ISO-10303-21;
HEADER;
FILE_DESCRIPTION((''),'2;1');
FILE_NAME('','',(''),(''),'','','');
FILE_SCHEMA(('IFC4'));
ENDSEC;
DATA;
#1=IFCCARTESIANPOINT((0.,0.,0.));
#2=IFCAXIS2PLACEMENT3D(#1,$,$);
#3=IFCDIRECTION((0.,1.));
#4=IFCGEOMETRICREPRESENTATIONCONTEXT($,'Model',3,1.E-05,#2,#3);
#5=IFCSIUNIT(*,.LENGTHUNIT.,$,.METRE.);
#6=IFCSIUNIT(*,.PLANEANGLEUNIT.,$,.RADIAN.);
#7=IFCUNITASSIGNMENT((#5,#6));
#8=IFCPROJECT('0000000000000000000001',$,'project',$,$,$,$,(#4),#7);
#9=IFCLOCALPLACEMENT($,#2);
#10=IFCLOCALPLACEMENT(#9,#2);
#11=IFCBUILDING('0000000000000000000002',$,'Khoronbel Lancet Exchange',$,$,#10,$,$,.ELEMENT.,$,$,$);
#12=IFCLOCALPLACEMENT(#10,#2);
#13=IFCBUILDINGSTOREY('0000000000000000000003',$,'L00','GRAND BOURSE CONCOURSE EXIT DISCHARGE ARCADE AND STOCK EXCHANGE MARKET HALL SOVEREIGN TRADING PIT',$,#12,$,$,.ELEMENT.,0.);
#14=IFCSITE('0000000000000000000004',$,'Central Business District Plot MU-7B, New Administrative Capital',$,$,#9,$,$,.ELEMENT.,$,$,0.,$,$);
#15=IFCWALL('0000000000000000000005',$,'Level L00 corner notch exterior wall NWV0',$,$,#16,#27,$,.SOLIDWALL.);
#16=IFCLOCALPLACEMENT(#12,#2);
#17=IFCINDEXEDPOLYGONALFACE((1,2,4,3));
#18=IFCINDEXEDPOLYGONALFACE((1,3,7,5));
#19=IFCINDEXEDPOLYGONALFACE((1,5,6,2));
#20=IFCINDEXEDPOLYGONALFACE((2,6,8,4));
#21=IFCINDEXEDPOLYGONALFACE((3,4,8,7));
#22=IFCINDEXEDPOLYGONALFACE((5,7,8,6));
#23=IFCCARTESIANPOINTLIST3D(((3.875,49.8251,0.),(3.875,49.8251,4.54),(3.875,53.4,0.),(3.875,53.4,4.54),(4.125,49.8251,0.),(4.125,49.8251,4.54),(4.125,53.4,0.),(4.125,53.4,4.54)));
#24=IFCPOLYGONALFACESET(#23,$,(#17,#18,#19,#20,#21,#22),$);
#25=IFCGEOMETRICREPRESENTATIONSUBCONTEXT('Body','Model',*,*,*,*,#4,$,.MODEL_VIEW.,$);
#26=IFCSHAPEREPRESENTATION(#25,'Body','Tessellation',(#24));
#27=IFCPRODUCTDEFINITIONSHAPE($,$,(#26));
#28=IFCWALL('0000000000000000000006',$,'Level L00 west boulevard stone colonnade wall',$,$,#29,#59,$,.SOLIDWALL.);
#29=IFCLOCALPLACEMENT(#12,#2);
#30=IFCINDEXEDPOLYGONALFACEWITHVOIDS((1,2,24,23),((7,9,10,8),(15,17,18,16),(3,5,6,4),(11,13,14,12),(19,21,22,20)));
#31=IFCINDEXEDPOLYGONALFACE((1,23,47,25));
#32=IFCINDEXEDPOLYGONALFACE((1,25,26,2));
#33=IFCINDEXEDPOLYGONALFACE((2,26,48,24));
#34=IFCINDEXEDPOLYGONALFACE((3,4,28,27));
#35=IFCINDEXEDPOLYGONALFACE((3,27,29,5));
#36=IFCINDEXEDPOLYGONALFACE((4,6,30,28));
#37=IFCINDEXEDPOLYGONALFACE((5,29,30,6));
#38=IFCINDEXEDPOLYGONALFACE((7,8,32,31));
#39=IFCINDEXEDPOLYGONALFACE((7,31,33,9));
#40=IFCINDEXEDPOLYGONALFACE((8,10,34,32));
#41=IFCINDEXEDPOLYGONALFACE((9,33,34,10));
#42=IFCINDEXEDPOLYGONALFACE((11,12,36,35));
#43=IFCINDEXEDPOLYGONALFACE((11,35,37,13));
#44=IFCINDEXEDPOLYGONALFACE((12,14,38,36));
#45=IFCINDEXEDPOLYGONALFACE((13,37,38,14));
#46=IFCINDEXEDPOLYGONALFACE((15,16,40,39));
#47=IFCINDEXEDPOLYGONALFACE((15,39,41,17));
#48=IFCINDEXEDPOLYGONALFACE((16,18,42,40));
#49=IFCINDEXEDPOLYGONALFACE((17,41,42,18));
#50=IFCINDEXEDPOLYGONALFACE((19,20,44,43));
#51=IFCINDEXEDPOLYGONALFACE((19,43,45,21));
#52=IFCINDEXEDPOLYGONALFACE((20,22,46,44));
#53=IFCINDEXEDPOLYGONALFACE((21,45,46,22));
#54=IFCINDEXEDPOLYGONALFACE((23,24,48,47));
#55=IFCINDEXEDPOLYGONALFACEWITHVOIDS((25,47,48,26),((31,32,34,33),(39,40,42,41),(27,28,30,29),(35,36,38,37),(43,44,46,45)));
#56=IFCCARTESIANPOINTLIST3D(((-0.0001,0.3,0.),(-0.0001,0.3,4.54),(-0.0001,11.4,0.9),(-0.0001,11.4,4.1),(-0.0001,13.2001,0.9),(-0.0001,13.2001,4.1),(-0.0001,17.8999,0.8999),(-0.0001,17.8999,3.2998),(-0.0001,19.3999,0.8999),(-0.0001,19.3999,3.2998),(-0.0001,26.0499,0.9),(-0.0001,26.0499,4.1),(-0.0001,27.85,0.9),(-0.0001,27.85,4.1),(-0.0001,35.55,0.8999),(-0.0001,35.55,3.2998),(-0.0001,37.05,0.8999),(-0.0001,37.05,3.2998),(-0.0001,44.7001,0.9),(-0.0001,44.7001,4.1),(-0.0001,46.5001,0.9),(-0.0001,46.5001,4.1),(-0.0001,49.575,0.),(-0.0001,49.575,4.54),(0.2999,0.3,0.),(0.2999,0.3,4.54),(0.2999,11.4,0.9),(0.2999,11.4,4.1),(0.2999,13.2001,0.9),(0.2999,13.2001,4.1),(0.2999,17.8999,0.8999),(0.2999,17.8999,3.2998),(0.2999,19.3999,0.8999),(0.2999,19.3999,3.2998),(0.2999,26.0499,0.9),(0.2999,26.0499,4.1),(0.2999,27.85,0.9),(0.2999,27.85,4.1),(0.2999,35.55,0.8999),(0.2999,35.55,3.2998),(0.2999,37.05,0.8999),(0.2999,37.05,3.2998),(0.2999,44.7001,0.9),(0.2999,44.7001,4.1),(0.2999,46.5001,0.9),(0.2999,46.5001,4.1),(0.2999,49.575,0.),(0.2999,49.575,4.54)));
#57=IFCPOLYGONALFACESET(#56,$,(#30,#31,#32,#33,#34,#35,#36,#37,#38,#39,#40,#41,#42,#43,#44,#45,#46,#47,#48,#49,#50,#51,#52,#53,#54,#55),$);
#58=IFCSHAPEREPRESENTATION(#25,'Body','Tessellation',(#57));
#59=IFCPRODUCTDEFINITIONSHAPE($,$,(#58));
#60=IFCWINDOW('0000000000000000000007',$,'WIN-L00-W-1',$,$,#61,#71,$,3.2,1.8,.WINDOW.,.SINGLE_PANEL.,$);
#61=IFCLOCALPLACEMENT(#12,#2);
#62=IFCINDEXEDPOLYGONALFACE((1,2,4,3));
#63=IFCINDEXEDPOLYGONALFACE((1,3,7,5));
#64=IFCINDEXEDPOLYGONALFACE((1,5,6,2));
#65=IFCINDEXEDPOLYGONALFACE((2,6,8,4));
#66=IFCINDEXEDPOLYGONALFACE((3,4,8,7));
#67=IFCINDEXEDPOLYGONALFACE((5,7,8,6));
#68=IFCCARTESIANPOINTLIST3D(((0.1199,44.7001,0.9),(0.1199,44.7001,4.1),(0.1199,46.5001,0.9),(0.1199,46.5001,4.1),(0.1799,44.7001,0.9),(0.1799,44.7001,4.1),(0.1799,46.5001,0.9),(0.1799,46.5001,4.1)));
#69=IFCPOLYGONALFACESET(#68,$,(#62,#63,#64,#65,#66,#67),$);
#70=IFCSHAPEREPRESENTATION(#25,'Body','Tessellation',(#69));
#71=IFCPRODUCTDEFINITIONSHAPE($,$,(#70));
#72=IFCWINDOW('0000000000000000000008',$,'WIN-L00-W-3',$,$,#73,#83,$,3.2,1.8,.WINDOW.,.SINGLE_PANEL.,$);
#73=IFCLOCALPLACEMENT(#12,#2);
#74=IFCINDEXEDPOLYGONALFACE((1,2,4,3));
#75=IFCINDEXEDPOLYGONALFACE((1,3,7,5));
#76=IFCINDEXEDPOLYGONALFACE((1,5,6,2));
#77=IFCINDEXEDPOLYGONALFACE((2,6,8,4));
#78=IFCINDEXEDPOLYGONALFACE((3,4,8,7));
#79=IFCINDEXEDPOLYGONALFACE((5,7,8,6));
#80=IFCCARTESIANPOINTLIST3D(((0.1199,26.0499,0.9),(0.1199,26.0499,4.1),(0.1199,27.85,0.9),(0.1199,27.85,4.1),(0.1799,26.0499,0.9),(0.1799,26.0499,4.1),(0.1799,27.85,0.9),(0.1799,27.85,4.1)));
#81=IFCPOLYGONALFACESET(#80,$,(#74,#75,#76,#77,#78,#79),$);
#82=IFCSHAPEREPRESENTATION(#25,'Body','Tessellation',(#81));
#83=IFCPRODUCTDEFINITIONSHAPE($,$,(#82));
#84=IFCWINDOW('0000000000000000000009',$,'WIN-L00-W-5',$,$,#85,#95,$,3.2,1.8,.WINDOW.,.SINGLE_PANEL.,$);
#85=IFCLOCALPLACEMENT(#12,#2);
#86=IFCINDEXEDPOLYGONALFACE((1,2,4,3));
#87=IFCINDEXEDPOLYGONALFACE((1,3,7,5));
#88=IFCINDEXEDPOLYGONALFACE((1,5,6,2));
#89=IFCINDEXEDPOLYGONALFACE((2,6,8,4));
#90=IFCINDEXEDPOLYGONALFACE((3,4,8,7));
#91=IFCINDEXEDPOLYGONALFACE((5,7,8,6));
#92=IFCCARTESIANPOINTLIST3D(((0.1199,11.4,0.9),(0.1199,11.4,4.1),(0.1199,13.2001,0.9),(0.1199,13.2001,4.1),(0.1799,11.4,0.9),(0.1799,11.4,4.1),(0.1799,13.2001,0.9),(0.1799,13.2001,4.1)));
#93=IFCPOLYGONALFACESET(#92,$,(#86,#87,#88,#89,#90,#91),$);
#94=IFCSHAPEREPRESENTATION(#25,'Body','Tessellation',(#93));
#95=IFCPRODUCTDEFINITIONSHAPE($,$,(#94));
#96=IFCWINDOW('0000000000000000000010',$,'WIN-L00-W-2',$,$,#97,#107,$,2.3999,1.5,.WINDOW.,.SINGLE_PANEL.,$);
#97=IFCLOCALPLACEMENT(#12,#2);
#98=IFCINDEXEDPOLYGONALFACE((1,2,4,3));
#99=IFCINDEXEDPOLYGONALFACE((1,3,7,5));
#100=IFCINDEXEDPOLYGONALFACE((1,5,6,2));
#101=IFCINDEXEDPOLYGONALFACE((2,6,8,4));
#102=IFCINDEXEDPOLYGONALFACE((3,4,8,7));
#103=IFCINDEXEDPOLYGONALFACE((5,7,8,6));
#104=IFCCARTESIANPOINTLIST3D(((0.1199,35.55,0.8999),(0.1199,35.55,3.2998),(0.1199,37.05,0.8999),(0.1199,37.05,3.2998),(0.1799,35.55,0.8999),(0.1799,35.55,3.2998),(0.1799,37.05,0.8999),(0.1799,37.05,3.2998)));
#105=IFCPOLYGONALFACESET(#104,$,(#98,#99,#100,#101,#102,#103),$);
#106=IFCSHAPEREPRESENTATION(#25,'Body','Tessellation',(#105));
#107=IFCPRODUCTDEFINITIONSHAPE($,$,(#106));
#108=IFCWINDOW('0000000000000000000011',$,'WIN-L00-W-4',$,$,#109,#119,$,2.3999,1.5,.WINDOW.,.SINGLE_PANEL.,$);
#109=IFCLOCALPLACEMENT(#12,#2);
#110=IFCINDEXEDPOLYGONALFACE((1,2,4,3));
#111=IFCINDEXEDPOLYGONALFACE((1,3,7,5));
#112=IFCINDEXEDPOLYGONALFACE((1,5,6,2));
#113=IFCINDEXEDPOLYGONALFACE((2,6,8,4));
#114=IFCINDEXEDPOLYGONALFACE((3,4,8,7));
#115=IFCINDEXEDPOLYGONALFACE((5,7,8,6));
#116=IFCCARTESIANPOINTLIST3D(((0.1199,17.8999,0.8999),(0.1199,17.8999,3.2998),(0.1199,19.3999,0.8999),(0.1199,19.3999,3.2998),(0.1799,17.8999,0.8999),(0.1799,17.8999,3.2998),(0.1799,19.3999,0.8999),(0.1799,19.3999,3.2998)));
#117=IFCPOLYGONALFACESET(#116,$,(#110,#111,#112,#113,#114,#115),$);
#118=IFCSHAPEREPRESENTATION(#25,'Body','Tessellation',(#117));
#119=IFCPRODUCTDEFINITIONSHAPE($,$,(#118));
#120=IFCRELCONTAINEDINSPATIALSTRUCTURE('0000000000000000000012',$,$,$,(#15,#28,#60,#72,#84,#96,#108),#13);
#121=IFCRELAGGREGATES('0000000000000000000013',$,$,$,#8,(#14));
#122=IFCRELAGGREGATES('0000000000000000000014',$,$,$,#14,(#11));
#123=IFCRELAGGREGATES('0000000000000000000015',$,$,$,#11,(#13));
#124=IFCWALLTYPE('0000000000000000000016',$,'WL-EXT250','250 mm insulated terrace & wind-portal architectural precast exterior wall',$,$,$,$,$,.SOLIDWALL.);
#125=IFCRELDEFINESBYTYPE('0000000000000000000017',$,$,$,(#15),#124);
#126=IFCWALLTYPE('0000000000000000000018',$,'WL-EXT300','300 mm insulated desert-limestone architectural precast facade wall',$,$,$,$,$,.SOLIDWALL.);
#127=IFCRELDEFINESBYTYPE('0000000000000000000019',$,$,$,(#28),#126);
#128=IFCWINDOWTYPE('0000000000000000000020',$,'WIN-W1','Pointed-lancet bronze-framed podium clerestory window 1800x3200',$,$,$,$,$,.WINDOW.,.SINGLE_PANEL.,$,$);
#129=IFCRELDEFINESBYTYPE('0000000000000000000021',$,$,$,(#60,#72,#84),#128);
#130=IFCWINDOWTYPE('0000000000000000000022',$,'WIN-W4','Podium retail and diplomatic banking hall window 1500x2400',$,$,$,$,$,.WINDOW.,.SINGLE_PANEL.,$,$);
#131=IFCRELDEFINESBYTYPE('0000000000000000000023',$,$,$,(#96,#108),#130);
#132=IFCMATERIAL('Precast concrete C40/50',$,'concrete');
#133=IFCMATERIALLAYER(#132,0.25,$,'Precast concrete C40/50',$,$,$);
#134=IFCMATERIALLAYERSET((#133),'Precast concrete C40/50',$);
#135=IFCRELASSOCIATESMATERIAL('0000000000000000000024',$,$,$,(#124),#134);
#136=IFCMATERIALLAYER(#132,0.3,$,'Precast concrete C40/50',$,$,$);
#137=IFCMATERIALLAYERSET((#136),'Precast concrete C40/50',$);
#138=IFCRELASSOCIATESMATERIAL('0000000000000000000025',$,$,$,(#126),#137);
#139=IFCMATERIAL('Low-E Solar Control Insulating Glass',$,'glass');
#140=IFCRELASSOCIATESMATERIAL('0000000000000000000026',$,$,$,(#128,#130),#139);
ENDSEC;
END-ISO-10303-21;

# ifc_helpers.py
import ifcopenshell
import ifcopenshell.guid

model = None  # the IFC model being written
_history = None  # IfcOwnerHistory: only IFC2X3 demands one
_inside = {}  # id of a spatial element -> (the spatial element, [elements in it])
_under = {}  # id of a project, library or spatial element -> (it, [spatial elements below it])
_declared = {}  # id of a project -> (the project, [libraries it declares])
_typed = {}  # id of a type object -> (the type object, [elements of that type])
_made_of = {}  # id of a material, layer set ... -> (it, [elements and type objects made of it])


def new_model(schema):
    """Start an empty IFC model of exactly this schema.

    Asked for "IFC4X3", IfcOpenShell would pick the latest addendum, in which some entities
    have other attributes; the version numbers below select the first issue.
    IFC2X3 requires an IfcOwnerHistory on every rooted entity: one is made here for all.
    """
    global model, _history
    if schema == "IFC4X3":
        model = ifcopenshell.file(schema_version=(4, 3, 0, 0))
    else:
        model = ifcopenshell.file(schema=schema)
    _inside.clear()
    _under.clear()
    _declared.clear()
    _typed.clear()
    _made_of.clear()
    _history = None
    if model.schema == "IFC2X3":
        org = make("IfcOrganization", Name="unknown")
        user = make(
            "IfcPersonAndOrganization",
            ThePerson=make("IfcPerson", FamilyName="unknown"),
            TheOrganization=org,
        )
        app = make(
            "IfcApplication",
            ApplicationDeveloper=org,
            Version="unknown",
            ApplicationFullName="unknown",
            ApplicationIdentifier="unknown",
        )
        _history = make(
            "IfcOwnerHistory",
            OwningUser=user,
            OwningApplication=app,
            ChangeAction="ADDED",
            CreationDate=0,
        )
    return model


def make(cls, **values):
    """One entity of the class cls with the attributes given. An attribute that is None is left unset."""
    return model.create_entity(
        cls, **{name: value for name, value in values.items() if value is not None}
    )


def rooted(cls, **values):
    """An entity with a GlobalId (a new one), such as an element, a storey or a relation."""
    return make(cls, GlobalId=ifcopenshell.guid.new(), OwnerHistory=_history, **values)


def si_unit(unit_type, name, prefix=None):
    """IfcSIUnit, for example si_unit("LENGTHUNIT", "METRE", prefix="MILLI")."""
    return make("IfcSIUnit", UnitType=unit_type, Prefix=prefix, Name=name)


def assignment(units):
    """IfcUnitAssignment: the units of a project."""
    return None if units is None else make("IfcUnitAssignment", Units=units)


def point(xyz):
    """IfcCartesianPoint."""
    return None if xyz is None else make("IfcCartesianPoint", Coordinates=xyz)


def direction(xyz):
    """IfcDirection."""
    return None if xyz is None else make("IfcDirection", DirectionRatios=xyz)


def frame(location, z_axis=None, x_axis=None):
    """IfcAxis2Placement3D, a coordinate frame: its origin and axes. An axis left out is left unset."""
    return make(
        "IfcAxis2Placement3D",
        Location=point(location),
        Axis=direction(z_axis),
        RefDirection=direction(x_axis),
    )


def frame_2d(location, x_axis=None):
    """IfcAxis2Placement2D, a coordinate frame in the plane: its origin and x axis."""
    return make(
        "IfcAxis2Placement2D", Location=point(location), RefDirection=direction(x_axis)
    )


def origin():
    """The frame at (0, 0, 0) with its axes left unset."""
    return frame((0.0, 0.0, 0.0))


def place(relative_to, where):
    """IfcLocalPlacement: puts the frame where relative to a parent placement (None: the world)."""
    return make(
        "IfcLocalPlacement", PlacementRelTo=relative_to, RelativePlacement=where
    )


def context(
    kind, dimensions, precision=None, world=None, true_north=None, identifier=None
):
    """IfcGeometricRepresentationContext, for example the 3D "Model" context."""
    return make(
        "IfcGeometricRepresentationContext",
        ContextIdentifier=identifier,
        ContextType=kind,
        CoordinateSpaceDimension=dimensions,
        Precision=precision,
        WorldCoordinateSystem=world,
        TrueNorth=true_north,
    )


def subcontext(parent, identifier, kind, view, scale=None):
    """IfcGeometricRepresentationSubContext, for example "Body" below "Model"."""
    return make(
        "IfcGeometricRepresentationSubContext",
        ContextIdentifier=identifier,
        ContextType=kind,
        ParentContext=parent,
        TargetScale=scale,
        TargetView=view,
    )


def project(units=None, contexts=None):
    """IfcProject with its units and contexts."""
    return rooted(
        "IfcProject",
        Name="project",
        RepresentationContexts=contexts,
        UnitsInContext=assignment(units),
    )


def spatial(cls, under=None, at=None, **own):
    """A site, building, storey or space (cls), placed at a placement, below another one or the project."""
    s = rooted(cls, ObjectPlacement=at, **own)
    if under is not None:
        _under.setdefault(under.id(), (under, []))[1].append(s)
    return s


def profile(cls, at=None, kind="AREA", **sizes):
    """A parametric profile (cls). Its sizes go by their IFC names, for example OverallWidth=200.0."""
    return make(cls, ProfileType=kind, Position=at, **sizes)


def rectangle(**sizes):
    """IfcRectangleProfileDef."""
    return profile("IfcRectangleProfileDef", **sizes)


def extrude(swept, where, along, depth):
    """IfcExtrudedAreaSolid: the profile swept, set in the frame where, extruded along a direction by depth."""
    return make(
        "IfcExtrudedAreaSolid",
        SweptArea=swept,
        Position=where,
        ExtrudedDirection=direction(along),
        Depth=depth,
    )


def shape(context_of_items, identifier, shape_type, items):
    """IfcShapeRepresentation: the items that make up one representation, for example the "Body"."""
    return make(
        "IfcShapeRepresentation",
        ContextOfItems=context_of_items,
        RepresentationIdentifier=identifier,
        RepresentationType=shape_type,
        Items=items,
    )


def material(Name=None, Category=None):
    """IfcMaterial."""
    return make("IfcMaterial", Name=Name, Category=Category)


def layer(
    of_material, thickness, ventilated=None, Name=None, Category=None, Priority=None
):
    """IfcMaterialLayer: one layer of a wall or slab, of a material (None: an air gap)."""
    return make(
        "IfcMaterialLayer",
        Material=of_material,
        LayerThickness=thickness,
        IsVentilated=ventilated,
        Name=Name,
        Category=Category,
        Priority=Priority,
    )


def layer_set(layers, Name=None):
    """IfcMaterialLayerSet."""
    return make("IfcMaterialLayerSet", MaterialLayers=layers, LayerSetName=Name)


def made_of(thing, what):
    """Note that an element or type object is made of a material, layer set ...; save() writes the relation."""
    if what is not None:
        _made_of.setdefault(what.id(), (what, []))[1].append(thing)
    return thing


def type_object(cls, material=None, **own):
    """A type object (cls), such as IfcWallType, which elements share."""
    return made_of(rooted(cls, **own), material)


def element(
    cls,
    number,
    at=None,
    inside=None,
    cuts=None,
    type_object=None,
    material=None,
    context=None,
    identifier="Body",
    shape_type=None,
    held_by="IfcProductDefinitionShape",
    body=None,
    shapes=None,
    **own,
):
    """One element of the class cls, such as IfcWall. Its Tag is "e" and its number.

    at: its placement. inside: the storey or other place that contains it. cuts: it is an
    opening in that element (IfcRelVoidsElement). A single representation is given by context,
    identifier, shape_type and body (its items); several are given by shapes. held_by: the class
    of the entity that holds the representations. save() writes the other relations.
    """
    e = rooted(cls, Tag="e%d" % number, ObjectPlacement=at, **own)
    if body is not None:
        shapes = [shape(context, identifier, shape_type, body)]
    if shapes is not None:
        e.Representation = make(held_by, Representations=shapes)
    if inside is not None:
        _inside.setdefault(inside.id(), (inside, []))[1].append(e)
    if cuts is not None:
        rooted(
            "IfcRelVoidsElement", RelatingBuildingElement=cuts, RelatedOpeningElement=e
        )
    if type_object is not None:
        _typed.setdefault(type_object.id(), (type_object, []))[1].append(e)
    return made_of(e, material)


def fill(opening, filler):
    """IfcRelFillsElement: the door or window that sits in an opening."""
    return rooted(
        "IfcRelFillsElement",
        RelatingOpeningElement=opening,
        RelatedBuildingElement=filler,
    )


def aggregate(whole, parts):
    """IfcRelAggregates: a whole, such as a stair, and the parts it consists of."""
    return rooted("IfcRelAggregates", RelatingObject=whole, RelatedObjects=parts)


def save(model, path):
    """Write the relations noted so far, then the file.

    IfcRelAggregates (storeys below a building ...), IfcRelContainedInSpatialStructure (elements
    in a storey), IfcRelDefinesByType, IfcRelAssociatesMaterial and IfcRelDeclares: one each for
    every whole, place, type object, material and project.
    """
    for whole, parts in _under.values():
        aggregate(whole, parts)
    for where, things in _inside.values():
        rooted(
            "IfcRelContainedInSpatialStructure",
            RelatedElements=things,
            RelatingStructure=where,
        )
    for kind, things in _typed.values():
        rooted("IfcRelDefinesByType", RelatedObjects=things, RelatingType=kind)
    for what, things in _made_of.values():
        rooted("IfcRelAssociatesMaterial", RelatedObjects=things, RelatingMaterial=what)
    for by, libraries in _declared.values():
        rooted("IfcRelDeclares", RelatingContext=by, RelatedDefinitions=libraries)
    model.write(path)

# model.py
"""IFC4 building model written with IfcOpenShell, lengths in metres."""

from ifc_helpers import new_model, si_unit, direction, frame, frame_2d, origin, place, context, subcontext, project, spatial, rectangle, extrude, material, layer, layer_set, type_object, element, fill, save


model = new_model("IFC4")

# Units and contexts
model_context = context("Model", 3, precision=1e-05, world=origin(), true_north=direction((0.0, 1.0)))
body_context = subcontext(model_context, "Body", "Model", "MODEL_VIEW")
ifc_project = project(units=[si_unit("LENGTHUNIT", "METRE"), si_unit("PLANEANGLEUNIT", "RADIAN")], contexts=[model_context])

# Site, building, storey
site_placement = place(None, origin())
site = spatial("IfcSite", under=ifc_project, at=site_placement, Name="Central Business District Plot MU-7B, New Administrative Capital", CompositionType="ELEMENT", RefElevation=0.0)
building_placement = place(site_placement, origin())
building = spatial("IfcBuilding", under=site, at=building_placement, Name="Khoronbel Lancet Exchange", CompositionType="ELEMENT")
storey_placement = place(building_placement, origin())
storey = spatial("IfcBuildingStorey", under=building, at=storey_placement, Name="L00", Description="GRAND BOURSE CONCOURSE EXIT DISCHARGE ARCADE AND STOCK EXCHANGE MARKET HALL SOVEREIGN TRADING PIT", CompositionType="ELEMENT", Elevation=0.0)

# Shared definitions
ifc_material_1 = material(Name="Precast concrete C40/50", Category="concrete")
ifc_layer_1 = layer(ifc_material_1, 0.25, Name="Precast concrete C40/50")
ifc_layer_set_1 = layer_set([ifc_layer_1], Name="Precast concrete C40/50")
wall_type_1 = type_object("IfcWallType", Name="WL-EXT250", Description="250 mm insulated terrace & wind-portal architectural precast exterior wall", PredefinedType="SOLIDWALL", material=ifc_layer_set_1)
ifc_material_2 = material(Name="Low-E Solar Control Insulating Glass", Category="glass")

# Wall
wall_1_placement = place(storey_placement, frame((4.0, 49.825, 0.0), z_axis=(0.0, 0.0, 1.0), x_axis=(0.0, 1.0, 0.0)))
element("IfcWall", 1, at=wall_1_placement, inside=storey, type_object=wall_type_1, Name="Level L00 corner notch exterior wall NWV0", PredefinedType="SOLIDWALL", context=body_context, shape_type="SweptSolid", body=[
    extrude(rectangle(XDim=3.575, YDim=0.25, at=frame_2d((1.7876, 0.0))), origin(), (0.0, 0.0, 1.0), 4.54),
])

# Wall, openings, windows
ifc_layer_2 = layer(ifc_material_1, 0.3, Name="Precast concrete C40/50")
ifc_layer_set_2 = layer_set([ifc_layer_2], Name="Precast concrete C40/50")
wall_type_2 = type_object("IfcWallType", Name="WL-EXT300", Description="300 mm insulated desert-limestone architectural precast facade wall", PredefinedType="SOLIDWALL", material=ifc_layer_set_2)
wall_2_placement = place(storey_placement, frame((0.1499, 49.575, 0.0), z_axis=(0.0, 0.0, 1.0), x_axis=(0.0, -1.0, 0.0)))
wall_2 = element("IfcWall", 2, at=wall_2_placement, inside=storey, type_object=wall_type_2, Name="Level L00 west boulevard stone colonnade wall", PredefinedType="SOLIDWALL", context=body_context, shape_type="SweptSolid", body=[
    extrude(rectangle(XDim=49.2749, YDim=0.3, at=frame_2d((24.6375, 0.0))), origin(), (0.0, 0.0, 1.0), 4.54),
])
opening_1_placement = place(wall_2_placement, frame((3.075, 0.0, 0.8999)))
opening_1 = element("IfcOpeningElement", 3, at=opening_1_placement, cuts=wall_2, PredefinedType="OPENING", context=body_context, shape_type="SweptSolid", body=[
    extrude(rectangle(XDim=1.8, YDim=3.2, at=frame_2d((0.8999, 1.6001))), frame((0.0, 0.1602, 0.0), z_axis=(0.0, -1.0, 0.0), x_axis=(1.0, 0.0, 0.0)), (0.0, 0.0, 1.0), 0.3201),
])
opening_2_placement = place(wall_2_placement, frame((12.5249, 0.0, 0.8999)))
opening_2 = element("IfcOpeningElement", 4, at=opening_2_placement, cuts=wall_2, PredefinedType="OPENING", context=body_context, shape_type="SweptSolid", body=[
    extrude(rectangle(XDim=1.5, YDim=2.3999, at=frame_2d((0.75, 1.2))), frame((0.0, 0.1602, 0.0), z_axis=(0.0, -1.0, 0.0), x_axis=(1.0, 0.0, 0.0)), (0.0, 0.0, 1.0), 0.3201),
])
opening_3_placement = place(wall_2_placement, frame((21.7251, 0.0, 0.8999)))
opening_3 = element("IfcOpeningElement", 5, at=opening_3_placement, cuts=wall_2, PredefinedType="OPENING", context=body_context, shape_type="SweptSolid", body=[
    extrude(rectangle(XDim=1.8, YDim=3.2, at=frame_2d((0.8999, 1.6001))), frame((0.0, 0.1602, 0.0), z_axis=(0.0, -1.0, 0.0), x_axis=(1.0, 0.0, 0.0)), (0.0, 0.0, 1.0), 0.3201),
])
opening_4_placement = place(wall_2_placement, frame((30.175, 0.0, 0.8999)))
opening_4 = element("IfcOpeningElement", 6, at=opening_4_placement, cuts=wall_2, PredefinedType="OPENING", context=body_context, shape_type="SweptSolid", body=[
    extrude(rectangle(XDim=1.5, YDim=2.3999, at=frame_2d((0.75, 1.2))), frame((0.0, 0.1602, 0.0), z_axis=(0.0, -1.0, 0.0), x_axis=(1.0, 0.0, 0.0)), (0.0, 0.0, 1.0), 0.3201),
])
opening_5_placement = place(wall_2_placement, frame((36.375, 0.0, 0.8999)))
opening_5 = element("IfcOpeningElement", 7, at=opening_5_placement, cuts=wall_2, PredefinedType="OPENING", context=body_context, shape_type="SweptSolid", body=[
    extrude(rectangle(XDim=1.8, YDim=3.2, at=frame_2d((0.8999, 1.6001))), frame((0.0, 0.1602, 0.0), z_axis=(0.0, -1.0, 0.0), x_axis=(1.0, 0.0, 0.0)), (0.0, 0.0, 1.0), 0.3201),
])
window_type_1 = type_object("IfcWindowType", Name="WIN-W1", Description="Pointed-lancet bronze-framed podium clerestory window 1800x3200", PartitioningType="SINGLE_PANEL", PredefinedType="WINDOW", material=ifc_material_2)
window_1_placement = place(opening_1_placement, origin())
window_1 = element("IfcWindow", 8, at=window_1_placement, inside=storey, type_object=window_type_1, Name="WIN-L00-W-1", OverallHeight=3.2, OverallWidth=1.8, PartitioningType="SINGLE_PANEL", PredefinedType="WINDOW", context=body_context, shape_type="SweptSolid", body=[
    extrude(rectangle(XDim=1.8, YDim=3.2, at=frame_2d((0.8999, 1.6001))), frame((0.0, 0.03, 0.0), z_axis=(0.0, -1.0, 0.0), x_axis=(1.0, 0.0, 0.0)), (0.0, 0.0, 1.0), 0.0601),
])
fill(opening_1, window_1)
window_2_placement = place(opening_3_placement, origin())
window_2 = element("IfcWindow", 9, at=window_2_placement, inside=storey, type_object=window_type_1, Name="WIN-L00-W-3", OverallHeight=3.2, OverallWidth=1.8, PartitioningType="SINGLE_PANEL", PredefinedType="WINDOW", context=body_context, shape_type="SweptSolid", body=[
    extrude(rectangle(XDim=1.8, YDim=3.2, at=frame_2d((0.8999, 1.6001))), frame((0.0, 0.03, 0.0), z_axis=(0.0, -1.0, 0.0), x_axis=(1.0, 0.0, 0.0)), (0.0, 0.0, 1.0), 0.0601),
])
fill(opening_3, window_2)
window_3_placement = place(opening_5_placement, origin())
window_3 = element("IfcWindow", 10, at=window_3_placement, inside=storey, type_object=window_type_1, Name="WIN-L00-W-5", OverallHeight=3.2, OverallWidth=1.8, PartitioningType="SINGLE_PANEL", PredefinedType="WINDOW", context=body_context, shape_type="SweptSolid", body=[
    extrude(rectangle(XDim=1.8, YDim=3.2, at=frame_2d((0.8999, 1.6001))), frame((0.0, 0.03, 0.0), z_axis=(0.0, -1.0, 0.0), x_axis=(1.0, 0.0, 0.0)), (0.0, 0.0, 1.0), 0.0601),
])
fill(opening_5, window_3)
window_type_2 = type_object("IfcWindowType", Name="WIN-W4", Description="Podium retail and diplomatic banking hall window 1500x2400", PartitioningType="SINGLE_PANEL", PredefinedType="WINDOW", material=ifc_material_2)
window_4_placement = place(opening_2_placement, origin())
window_4 = element("IfcWindow", 11, at=window_4_placement, inside=storey, type_object=window_type_2, Name="WIN-L00-W-2", OverallHeight=2.3999, OverallWidth=1.5, PartitioningType="SINGLE_PANEL", PredefinedType="WINDOW", context=body_context, shape_type="SweptSolid", body=[
    extrude(rectangle(XDim=1.5, YDim=2.3999, at=frame_2d((0.75, 1.2))), frame((0.0, 0.03, 0.0), z_axis=(0.0, -1.0, 0.0), x_axis=(1.0, 0.0, 0.0)), (0.0, 0.0, 1.0), 0.0601),
])
fill(opening_2, window_4)
window_5_placement = place(opening_4_placement, origin())
window_5 = element("IfcWindow", 12, at=window_5_placement, inside=storey, type_object=window_type_2, Name="WIN-L00-W-4", OverallHeight=2.3999, OverallWidth=1.5, PartitioningType="SINGLE_PANEL", PredefinedType="WINDOW", context=body_context, shape_type="SweptSolid", body=[
    extrude(rectangle(XDim=1.5, YDim=2.3999, at=frame_2d((0.75, 1.2))), frame((0.0, 0.03, 0.0), z_axis=(0.0, -1.0, 0.0), x_axis=(1.0, 0.0, 0.0)), (0.0, 0.0, 1.0), 0.0601),
])
fill(opening_4, window_5)

save(model, "model.ifc")
